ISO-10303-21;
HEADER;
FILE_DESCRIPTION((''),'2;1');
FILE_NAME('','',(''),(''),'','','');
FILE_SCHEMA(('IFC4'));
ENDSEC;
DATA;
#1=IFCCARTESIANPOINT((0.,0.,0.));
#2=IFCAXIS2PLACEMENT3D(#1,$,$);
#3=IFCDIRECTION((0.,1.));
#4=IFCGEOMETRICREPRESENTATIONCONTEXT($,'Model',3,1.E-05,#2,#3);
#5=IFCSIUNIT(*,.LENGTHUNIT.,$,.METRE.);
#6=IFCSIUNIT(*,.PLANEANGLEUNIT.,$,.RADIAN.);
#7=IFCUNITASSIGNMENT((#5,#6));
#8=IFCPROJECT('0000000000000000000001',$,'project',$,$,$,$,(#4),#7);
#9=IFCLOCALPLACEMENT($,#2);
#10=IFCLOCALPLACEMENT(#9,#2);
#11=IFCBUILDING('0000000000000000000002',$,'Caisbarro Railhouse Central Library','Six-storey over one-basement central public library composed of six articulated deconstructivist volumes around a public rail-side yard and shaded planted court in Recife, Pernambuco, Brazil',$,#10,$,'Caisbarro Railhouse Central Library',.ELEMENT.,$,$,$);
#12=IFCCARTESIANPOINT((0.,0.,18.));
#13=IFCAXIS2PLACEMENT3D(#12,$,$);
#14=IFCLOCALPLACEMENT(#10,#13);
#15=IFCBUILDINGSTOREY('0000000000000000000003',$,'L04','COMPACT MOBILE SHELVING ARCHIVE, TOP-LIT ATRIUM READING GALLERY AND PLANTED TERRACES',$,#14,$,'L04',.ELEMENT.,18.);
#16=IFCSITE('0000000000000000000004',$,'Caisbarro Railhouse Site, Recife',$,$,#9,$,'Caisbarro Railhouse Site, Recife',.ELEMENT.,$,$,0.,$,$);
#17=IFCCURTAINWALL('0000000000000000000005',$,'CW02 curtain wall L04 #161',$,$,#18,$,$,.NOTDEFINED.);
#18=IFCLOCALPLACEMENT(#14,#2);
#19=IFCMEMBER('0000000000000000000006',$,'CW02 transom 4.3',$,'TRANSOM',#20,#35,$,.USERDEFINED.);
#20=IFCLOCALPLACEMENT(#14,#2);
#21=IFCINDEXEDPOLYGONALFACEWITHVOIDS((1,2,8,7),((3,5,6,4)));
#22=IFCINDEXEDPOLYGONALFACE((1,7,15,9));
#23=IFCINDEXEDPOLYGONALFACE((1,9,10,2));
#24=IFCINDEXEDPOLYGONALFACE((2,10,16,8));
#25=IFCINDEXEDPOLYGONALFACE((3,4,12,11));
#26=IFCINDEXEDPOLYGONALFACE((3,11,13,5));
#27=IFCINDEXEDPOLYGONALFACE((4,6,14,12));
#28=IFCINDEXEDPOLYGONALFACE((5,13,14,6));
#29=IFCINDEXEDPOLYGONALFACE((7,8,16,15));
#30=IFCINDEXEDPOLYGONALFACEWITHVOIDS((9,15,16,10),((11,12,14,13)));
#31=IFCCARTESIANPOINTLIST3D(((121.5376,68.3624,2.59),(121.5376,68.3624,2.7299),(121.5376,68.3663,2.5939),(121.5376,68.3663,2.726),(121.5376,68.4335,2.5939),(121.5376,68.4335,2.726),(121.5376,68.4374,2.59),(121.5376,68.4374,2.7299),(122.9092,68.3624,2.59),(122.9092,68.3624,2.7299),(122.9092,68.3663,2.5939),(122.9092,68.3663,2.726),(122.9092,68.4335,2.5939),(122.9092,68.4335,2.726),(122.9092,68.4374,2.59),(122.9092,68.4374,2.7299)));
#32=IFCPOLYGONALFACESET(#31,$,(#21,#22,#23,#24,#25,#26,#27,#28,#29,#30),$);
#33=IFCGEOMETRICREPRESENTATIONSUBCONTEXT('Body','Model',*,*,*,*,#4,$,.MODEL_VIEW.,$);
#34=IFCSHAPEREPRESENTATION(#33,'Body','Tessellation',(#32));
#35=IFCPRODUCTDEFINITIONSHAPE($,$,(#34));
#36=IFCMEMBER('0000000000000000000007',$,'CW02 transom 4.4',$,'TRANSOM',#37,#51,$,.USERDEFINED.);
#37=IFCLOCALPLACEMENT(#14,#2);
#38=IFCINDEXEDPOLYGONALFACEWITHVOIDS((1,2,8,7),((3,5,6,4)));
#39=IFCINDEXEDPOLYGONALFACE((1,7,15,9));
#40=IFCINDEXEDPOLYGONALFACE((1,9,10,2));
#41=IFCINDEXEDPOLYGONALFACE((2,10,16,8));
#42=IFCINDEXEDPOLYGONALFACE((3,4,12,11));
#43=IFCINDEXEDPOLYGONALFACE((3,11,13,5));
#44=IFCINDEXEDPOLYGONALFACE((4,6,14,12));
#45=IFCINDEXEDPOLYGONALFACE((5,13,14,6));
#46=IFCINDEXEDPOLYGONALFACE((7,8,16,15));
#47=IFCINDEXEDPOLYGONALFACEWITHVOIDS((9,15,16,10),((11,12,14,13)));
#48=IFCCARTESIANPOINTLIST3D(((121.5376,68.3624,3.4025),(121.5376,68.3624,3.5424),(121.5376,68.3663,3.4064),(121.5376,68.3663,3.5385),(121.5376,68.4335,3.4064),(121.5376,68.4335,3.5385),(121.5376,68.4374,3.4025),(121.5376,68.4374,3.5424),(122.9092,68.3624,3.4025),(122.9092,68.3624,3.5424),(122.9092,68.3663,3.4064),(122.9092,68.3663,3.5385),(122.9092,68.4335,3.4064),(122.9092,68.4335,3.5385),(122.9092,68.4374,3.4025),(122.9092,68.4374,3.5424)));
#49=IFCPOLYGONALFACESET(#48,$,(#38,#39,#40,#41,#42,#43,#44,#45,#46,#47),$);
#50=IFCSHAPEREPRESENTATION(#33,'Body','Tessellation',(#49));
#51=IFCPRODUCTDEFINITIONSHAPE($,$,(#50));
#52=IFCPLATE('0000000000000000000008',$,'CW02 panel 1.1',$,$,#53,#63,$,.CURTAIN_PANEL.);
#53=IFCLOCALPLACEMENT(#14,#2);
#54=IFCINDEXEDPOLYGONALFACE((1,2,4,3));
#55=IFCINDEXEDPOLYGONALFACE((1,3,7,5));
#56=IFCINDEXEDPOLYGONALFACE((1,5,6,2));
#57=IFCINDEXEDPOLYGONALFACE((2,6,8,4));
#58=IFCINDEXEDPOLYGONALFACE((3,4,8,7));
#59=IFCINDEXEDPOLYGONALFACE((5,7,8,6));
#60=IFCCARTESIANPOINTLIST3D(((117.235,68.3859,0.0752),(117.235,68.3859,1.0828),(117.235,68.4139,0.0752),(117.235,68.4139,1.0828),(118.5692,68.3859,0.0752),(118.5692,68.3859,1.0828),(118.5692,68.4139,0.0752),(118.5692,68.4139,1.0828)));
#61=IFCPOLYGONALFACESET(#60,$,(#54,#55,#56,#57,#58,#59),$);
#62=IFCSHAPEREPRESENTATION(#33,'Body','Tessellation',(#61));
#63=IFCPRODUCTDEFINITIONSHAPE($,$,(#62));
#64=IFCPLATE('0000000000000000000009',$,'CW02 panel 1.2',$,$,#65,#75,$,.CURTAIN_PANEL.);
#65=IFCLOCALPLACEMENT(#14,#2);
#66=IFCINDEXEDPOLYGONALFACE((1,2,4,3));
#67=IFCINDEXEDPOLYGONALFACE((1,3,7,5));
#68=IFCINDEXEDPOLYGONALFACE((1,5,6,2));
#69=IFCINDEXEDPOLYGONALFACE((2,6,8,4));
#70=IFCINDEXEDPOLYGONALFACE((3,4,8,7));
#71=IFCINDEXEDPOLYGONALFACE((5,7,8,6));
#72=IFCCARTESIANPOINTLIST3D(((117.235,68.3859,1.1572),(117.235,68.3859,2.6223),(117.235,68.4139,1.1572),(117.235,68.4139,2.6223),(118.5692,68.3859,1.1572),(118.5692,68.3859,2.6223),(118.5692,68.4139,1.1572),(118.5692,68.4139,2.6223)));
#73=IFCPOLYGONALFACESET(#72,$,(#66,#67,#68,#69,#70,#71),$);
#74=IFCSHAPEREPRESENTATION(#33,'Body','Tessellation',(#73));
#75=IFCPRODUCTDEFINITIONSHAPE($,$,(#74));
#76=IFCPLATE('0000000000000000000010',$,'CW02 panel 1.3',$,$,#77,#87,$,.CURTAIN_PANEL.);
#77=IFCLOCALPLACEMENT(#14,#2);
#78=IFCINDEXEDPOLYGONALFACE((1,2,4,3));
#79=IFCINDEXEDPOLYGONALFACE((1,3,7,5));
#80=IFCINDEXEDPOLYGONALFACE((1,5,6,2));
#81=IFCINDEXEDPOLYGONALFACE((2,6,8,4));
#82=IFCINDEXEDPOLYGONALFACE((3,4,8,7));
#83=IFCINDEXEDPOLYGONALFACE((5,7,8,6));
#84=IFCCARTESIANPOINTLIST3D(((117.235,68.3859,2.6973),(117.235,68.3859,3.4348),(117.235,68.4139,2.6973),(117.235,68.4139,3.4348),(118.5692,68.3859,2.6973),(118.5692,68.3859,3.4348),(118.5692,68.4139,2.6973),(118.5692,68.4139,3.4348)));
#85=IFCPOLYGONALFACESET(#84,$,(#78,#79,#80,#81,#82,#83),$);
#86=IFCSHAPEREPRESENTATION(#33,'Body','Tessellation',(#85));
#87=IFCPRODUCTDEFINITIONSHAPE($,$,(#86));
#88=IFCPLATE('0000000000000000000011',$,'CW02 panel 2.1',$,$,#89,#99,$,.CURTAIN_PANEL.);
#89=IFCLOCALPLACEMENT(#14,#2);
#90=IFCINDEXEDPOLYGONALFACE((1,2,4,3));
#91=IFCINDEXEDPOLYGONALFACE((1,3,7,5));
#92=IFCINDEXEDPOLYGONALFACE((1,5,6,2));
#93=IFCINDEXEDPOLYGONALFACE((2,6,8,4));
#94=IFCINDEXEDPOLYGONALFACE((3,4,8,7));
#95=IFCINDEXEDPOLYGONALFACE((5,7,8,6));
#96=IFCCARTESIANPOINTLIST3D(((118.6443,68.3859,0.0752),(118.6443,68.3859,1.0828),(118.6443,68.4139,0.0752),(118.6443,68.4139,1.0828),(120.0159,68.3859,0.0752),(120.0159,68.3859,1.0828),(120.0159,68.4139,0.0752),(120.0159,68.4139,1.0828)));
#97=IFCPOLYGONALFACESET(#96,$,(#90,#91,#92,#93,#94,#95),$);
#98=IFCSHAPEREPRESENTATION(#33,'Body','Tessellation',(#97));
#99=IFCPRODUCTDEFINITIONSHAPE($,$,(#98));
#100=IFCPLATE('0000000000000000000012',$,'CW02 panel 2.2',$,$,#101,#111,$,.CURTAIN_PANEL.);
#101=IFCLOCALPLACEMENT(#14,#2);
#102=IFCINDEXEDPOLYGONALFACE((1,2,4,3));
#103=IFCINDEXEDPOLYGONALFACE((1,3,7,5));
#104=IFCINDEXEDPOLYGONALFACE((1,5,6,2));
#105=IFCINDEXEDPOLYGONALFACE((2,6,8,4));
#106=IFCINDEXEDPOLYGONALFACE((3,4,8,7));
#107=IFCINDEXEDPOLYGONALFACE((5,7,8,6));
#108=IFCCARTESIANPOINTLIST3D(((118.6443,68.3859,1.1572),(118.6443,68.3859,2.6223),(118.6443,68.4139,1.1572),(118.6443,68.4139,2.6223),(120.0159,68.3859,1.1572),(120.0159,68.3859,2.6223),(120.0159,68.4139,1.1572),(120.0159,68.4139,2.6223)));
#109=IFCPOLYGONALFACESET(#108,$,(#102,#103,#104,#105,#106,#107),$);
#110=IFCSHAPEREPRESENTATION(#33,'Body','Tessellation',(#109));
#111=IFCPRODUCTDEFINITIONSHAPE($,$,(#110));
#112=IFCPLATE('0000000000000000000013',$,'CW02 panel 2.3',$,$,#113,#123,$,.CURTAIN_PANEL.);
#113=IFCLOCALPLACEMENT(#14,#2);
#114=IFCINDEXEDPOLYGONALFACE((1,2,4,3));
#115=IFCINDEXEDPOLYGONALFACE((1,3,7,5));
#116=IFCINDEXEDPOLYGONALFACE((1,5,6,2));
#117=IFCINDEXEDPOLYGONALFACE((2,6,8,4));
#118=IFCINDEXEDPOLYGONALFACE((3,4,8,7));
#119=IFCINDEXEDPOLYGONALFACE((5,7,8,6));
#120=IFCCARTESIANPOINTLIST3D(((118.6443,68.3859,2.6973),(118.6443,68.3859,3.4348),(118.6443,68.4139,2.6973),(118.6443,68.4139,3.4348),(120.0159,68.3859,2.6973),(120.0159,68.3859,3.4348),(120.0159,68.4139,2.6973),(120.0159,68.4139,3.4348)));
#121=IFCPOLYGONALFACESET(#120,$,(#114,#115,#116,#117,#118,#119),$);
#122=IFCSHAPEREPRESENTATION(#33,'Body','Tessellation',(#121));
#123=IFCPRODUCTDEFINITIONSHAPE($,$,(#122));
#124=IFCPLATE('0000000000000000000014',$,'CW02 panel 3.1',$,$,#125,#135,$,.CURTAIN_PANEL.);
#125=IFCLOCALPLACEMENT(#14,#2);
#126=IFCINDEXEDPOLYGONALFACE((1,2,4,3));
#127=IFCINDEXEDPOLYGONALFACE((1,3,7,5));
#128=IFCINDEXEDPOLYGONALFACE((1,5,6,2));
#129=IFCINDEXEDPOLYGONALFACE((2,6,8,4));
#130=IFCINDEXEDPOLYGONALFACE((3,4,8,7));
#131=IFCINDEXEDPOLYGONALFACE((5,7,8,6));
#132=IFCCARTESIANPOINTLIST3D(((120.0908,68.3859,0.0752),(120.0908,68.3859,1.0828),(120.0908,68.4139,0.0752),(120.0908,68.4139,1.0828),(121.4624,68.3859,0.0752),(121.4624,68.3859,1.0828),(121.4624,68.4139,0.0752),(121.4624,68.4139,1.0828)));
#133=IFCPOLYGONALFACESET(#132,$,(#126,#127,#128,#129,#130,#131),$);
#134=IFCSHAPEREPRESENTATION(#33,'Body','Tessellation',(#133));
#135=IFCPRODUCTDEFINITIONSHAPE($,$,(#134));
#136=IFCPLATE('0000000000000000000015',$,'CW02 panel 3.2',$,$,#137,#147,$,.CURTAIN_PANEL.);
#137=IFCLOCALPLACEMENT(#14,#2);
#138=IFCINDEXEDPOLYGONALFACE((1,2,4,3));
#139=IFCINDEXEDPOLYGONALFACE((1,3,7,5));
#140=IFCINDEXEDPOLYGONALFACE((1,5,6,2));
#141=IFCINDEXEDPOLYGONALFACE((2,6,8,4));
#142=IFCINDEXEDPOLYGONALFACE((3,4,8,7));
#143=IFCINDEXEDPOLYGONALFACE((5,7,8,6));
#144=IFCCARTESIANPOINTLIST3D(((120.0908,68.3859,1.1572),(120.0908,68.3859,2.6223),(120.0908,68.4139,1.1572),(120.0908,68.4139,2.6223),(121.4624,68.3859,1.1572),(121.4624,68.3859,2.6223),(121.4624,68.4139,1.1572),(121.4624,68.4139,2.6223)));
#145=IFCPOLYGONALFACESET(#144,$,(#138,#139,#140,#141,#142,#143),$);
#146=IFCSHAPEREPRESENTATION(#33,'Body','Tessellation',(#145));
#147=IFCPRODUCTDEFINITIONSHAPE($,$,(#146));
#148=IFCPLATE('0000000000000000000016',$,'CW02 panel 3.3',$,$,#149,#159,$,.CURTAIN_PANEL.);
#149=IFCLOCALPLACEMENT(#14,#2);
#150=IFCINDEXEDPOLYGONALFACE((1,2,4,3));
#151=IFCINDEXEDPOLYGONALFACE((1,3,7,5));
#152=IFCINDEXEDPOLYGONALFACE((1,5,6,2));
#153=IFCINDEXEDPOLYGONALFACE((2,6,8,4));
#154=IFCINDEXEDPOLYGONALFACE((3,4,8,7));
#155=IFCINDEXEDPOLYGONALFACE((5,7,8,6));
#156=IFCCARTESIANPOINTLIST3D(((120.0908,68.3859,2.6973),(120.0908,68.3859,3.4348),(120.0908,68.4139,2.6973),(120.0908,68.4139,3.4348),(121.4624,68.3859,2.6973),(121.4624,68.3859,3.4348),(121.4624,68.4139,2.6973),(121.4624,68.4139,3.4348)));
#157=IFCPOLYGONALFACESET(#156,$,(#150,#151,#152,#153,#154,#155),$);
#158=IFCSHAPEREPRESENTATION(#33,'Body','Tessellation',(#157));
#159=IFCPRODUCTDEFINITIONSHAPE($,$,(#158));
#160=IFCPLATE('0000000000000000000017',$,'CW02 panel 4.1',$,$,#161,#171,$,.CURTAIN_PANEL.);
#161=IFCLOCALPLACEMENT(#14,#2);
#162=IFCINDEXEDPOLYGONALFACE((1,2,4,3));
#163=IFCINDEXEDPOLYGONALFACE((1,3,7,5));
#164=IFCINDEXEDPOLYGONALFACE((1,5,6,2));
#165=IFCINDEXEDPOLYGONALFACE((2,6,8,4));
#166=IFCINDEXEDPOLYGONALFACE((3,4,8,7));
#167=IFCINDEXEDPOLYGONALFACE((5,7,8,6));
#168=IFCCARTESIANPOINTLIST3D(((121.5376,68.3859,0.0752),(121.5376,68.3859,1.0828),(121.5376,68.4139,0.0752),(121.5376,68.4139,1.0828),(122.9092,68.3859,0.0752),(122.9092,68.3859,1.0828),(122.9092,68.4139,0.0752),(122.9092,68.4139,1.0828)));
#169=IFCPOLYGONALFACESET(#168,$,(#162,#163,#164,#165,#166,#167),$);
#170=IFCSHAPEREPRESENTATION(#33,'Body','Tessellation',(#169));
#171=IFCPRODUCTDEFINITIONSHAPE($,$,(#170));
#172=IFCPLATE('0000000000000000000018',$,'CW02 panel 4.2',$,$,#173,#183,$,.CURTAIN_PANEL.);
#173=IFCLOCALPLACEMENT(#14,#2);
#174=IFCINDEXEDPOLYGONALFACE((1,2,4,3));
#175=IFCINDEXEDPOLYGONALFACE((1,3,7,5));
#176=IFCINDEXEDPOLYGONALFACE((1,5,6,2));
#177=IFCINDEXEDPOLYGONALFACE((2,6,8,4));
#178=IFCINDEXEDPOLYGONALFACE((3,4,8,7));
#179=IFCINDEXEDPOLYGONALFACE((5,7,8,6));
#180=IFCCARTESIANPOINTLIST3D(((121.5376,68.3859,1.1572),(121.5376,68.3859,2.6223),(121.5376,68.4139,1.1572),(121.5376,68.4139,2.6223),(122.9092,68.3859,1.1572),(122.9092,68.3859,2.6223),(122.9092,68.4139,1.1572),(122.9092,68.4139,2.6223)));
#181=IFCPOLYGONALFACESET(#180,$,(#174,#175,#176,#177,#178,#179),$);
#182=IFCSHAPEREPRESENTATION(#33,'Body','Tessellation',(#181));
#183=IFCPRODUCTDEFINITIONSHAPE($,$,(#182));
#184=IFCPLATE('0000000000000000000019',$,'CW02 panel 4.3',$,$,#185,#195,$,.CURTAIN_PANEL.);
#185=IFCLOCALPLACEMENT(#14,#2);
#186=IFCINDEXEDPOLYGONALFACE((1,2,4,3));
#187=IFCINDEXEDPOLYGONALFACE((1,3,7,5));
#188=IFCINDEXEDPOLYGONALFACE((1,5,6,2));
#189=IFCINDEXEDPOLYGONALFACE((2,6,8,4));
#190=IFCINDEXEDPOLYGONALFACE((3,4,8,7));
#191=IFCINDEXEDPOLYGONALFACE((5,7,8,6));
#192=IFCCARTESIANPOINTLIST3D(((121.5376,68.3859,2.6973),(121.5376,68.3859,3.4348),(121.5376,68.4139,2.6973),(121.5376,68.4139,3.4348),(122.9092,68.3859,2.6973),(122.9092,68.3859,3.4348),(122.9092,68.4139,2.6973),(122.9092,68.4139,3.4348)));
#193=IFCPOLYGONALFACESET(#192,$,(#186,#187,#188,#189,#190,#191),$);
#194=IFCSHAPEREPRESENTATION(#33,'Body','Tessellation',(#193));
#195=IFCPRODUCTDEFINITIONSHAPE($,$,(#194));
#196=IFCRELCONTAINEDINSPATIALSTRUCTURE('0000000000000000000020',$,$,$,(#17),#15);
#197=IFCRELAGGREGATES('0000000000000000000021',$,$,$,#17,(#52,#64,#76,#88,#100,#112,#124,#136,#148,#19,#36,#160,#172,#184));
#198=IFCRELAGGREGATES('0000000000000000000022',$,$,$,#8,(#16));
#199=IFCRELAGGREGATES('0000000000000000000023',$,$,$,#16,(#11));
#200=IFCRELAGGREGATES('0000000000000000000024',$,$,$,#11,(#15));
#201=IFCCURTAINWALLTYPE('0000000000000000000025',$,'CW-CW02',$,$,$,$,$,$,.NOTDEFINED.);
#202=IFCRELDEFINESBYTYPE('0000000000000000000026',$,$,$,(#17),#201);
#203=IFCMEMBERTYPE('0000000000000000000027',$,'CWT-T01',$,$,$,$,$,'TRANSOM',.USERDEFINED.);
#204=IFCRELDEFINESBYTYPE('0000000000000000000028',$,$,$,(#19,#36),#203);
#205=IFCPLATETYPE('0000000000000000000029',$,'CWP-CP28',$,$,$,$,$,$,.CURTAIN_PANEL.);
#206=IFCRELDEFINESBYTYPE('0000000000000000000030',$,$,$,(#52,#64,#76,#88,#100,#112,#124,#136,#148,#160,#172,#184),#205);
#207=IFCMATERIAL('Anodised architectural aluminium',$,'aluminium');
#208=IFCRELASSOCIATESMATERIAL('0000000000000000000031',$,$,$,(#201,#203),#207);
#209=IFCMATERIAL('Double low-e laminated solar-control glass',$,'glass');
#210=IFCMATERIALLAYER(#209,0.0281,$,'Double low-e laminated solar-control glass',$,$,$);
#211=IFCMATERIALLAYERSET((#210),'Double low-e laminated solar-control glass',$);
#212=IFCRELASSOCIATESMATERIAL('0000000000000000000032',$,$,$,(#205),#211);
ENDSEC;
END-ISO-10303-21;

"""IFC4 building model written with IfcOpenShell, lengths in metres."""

from ifc_helpers import new_model, si_unit, direction, frame, origin, origin_2d, place, context, subcontext, project, spatial, rectangle, hollow_rectangle, extrude, material, layer, layer_set, material_profile, profile_set, type_object, element, aggregate, save


model = new_model("IFC4")

# Units and contexts
model_context = context("Model", 3, precision=1e-05, world=origin(), true_north=direction((0.0, 1.0)))
body_context = subcontext(model_context, "Body", "Model", "MODEL_VIEW")
ifc_project = project(units=[si_unit("LENGTHUNIT", "METRE"), si_unit("PLANEANGLEUNIT", "RADIAN")], contexts=[model_context])

# Site, building, storey
site_placement = place(None, origin())
site = spatial("IfcSite", under=ifc_project, at=site_placement, Name="Caisbarro Railhouse Site, Recife", LongName="Caisbarro Railhouse Site, Recife", CompositionType="ELEMENT", RefElevation=0.0)
building_placement = place(site_placement, origin())
building = spatial("IfcBuilding", under=site, at=building_placement, Name="Caisbarro Railhouse Central Library", Description="Six-storey over one-basement central public library composed of six articulated deconstructivist volumes around a public rail-side yard and shaded planted court in Recife, Pernambuco, Brazil", LongName="Caisbarro Railhouse Central Library", CompositionType="ELEMENT")
storey_placement = place(building_placement, frame((0.0, 0.0, 18.0)))
storey = spatial("IfcBuildingStorey", under=building, at=storey_placement, Name="L04", Description="COMPACT MOBILE SHELVING ARCHIVE, TOP-LIT ATRIUM READING GALLERY AND PLANTED TERRACES", LongName="L04", CompositionType="ELEMENT", Elevation=18.0)

# Curtain wall, members, plates
ifc_material_1 = material(Name="Anodised architectural aluminium", Category="aluminium")
curtain_wall_type = type_object("IfcCurtainWallType", Name="CW-CW02", PredefinedType="NOTDEFINED", material=ifc_material_1)
curtain_wall_placement = place(storey_placement, origin())
curtain_wall = element("IfcCurtainWall", 1, at=curtain_wall_placement, inside=storey, type_object=curtain_wall_type, Name="CW02 curtain wall L04 #161", PredefinedType="NOTDEFINED")
ifc_material_profile_1 = material_profile(ifc_material_1, hollow_rectangle(XDim=0.075, YDim=0.1399, WallThickness=0.0039, at=origin_2d()), Name="ALU-TRN-75X140")
ifc_profile_set_1 = profile_set([ifc_material_profile_1], Name="Anodised architectural aluminium")
member_type_1 = type_object("IfcMemberType", Name="CWT-T01", ElementType="TRANSOM", PredefinedType="USERDEFINED", material=ifc_profile_set_1)
member_1_placement = place(storey_placement, frame((121.5376, 68.3999, 2.6599), z_axis=(1.0, 0.0, 0.0), x_axis=(0.0, 1.0, 0.0)))
member_1 = element("IfcMember", 2, at=member_1_placement, type_object=member_type_1, Name="CW02 transom 4.3", ObjectType="TRANSOM", PredefinedType="USERDEFINED", context=body_context, shape_type="SweptSolid", body=[
    extrude(hollow_rectangle(XDim=0.075, YDim=0.1399, WallThickness=0.0039, at=origin_2d()), origin(), (0.0, 0.0, 1.0), 1.3716),
])
member_2_placement = place(storey_placement, frame((121.5376, 68.3999, 3.4724), z_axis=(1.0, 0.0, 0.0), x_axis=(0.0, 1.0, 0.0)))
member_2 = element("IfcMember", 3, at=member_2_placement, type_object=member_type_1, Name="CW02 transom 4.4", ObjectType="TRANSOM", PredefinedType="USERDEFINED", context=body_context, shape_type="SweptSolid", body=[
    extrude(hollow_rectangle(XDim=0.075, YDim=0.1399, WallThickness=0.0039, at=origin_2d()), origin(), (0.0, 0.0, 1.0), 1.3716),
])
ifc_material_2 = material(Name="Double low-e laminated solar-control glass", Category="glass")
ifc_layer = layer(ifc_material_2, 0.0281, Name="Double low-e laminated solar-control glass")
ifc_layer_set = layer_set([ifc_layer], Name="Double low-e laminated solar-control glass")
plate_type = type_object("IfcPlateType", Name="CWP-CP28", PredefinedType="CURTAIN_PANEL", material=ifc_layer_set)
plate_1_placement = place(storey_placement, frame((117.9021, 68.3999, 0.0752), z_axis=(0.0, 0.0, 1.0), x_axis=(1.0, 0.0, 0.0)))
plate_1 = element("IfcPlate", 4, at=plate_1_placement, type_object=plate_type, Name="CW02 panel 1.1", PredefinedType="CURTAIN_PANEL", context=body_context, shape_type="SweptSolid", body=[
    extrude(rectangle(XDim=1.3342, YDim=0.0281, at=origin_2d()), origin(), (0.0, 0.0, 1.0), 1.0076),
])
plate_2_placement = place(storey_placement, frame((117.9021, 68.3999, 1.1572), z_axis=(0.0, 0.0, 1.0), x_axis=(1.0, 0.0, 0.0)))
plate_2 = element("IfcPlate", 5, at=plate_2_placement, type_object=plate_type, Name="CW02 panel 1.2", PredefinedType="CURTAIN_PANEL", context=body_context, shape_type="SweptSolid", body=[
    extrude(rectangle(XDim=1.3342, YDim=0.0281, at=origin_2d()), origin(), (0.0, 0.0, 1.0), 1.4651),
])
plate_3_placement = place(storey_placement, frame((117.9021, 68.3999, 2.6973), z_axis=(0.0, 0.0, 1.0), x_axis=(1.0, 0.0, 0.0)))
plate_3 = element("IfcPlate", 6, at=plate_3_placement, type_object=plate_type, Name="CW02 panel 1.3", PredefinedType="CURTAIN_PANEL", context=body_context, shape_type="SweptSolid", body=[
    extrude(rectangle(XDim=1.3342, YDim=0.0281, at=origin_2d()), origin(), (0.0, 0.0, 1.0), 0.7375),
])
plate_4_placement = place(storey_placement, frame((119.3301, 68.3999, 0.0752), z_axis=(0.0, 0.0, 1.0), x_axis=(1.0, 0.0, 0.0)))
plate_4 = element("IfcPlate", 7, at=plate_4_placement, type_object=plate_type, Name="CW02 panel 2.1", PredefinedType="CURTAIN_PANEL", context=body_context, shape_type="SweptSolid", body=[
    extrude(rectangle(XDim=1.3716, YDim=0.0281, at=origin_2d()), origin(), (0.0, 0.0, 1.0), 1.0076),
])
plate_5_placement = place(storey_placement, frame((119.3301, 68.3999, 1.1572), z_axis=(0.0, 0.0, 1.0), x_axis=(1.0, 0.0, 0.0)))
plate_5 = element("IfcPlate", 8, at=plate_5_placement, type_object=plate_type, Name="CW02 panel 2.2", PredefinedType="CURTAIN_PANEL", context=body_context, shape_type="SweptSolid", body=[
    extrude(rectangle(XDim=1.3716, YDim=0.0281, at=origin_2d()), origin(), (0.0, 0.0, 1.0), 1.4651),
])
plate_6_placement = place(storey_placement, frame((119.3301, 68.3999, 2.6973), z_axis=(0.0, 0.0, 1.0), x_axis=(1.0, 0.0, 0.0)))
plate_6 = element("IfcPlate", 9, at=plate_6_placement, type_object=plate_type, Name="CW02 panel 2.3", PredefinedType="CURTAIN_PANEL", context=body_context, shape_type="SweptSolid", body=[
    extrude(rectangle(XDim=1.3716, YDim=0.0281, at=origin_2d()), origin(), (0.0, 0.0, 1.0), 0.7375),
])
plate_7_placement = place(storey_placement, frame((120.7766, 68.3999, 0.0752), z_axis=(0.0, 0.0, 1.0), x_axis=(1.0, 0.0, 0.0)))
plate_7 = element("IfcPlate", 10, at=plate_7_placement, type_object=plate_type, Name="CW02 panel 3.1", PredefinedType="CURTAIN_PANEL", context=body_context, shape_type="SweptSolid", body=[
    extrude(rectangle(XDim=1.3716, YDim=0.0281, at=origin_2d()), origin(), (0.0, 0.0, 1.0), 1.0076),
])
plate_8_placement = place(storey_placement, frame((120.7766, 68.3999, 1.1572), z_axis=(0.0, 0.0, 1.0), x_axis=(1.0, 0.0, 0.0)))
plate_8 = element("IfcPlate", 11, at=plate_8_placement, type_object=plate_type, Name="CW02 panel 3.2", PredefinedType="CURTAIN_PANEL", context=body_context, shape_type="SweptSolid", body=[
    extrude(rectangle(XDim=1.3716, YDim=0.0281, at=origin_2d()), origin(), (0.0, 0.0, 1.0), 1.4651),
])
plate_9_placement = place(storey_placement, frame((120.7766, 68.3999, 2.6973), z_axis=(0.0, 0.0, 1.0), x_axis=(1.0, 0.0, 0.0)))
plate_9 = element("IfcPlate", 12, at=plate_9_placement, type_object=plate_type, Name="CW02 panel 3.3", PredefinedType="CURTAIN_PANEL", context=body_context, shape_type="SweptSolid", body=[
    extrude(rectangle(XDim=1.3716, YDim=0.0281, at=origin_2d()), origin(), (0.0, 0.0, 1.0), 0.7375),
])
plate_10_placement = place(storey_placement, frame((122.2234, 68.3999, 0.0752), z_axis=(0.0, 0.0, 1.0), x_axis=(1.0, 0.0, 0.0)))
plate_10 = element("IfcPlate", 13, at=plate_10_placement, type_object=plate_type, Name="CW02 panel 4.1", PredefinedType="CURTAIN_PANEL", context=body_context, shape_type="SweptSolid", body=[
    extrude(rectangle(XDim=1.3716, YDim=0.0281, at=origin_2d()), origin(), (0.0, 0.0, 1.0), 1.0076),
])
plate_11_placement = place(storey_placement, frame((122.2234, 68.3999, 1.1572), z_axis=(0.0, 0.0, 1.0), x_axis=(1.0, 0.0, 0.0)))
plate_11 = element("IfcPlate", 14, at=plate_11_placement, type_object=plate_type, Name="CW02 panel 4.2", PredefinedType="CURTAIN_PANEL", context=body_context, shape_type="SweptSolid", body=[
    extrude(rectangle(XDim=1.3716, YDim=0.0281, at=origin_2d()), origin(), (0.0, 0.0, 1.0), 1.4651),
])
plate_12_placement = place(storey_placement, frame((122.2234, 68.3999, 2.6973), z_axis=(0.0, 0.0, 1.0), x_axis=(1.0, 0.0, 0.0)))
plate_12 = element("IfcPlate", 15, at=plate_12_placement, type_object=plate_type, Name="CW02 panel 4.3", PredefinedType="CURTAIN_PANEL", context=body_context, shape_type="SweptSolid", body=[
    extrude(rectangle(XDim=1.3716, YDim=0.0281, at=origin_2d()), origin(), (0.0, 0.0, 1.0), 0.7375),
])
aggregate(curtain_wall, [plate_1, plate_2, plate_3, plate_4, plate_5, plate_6, plate_7, plate_8, plate_9, member_1, member_2, plate_10, plate_11, plate_12])

save(model, "model.ifc")
